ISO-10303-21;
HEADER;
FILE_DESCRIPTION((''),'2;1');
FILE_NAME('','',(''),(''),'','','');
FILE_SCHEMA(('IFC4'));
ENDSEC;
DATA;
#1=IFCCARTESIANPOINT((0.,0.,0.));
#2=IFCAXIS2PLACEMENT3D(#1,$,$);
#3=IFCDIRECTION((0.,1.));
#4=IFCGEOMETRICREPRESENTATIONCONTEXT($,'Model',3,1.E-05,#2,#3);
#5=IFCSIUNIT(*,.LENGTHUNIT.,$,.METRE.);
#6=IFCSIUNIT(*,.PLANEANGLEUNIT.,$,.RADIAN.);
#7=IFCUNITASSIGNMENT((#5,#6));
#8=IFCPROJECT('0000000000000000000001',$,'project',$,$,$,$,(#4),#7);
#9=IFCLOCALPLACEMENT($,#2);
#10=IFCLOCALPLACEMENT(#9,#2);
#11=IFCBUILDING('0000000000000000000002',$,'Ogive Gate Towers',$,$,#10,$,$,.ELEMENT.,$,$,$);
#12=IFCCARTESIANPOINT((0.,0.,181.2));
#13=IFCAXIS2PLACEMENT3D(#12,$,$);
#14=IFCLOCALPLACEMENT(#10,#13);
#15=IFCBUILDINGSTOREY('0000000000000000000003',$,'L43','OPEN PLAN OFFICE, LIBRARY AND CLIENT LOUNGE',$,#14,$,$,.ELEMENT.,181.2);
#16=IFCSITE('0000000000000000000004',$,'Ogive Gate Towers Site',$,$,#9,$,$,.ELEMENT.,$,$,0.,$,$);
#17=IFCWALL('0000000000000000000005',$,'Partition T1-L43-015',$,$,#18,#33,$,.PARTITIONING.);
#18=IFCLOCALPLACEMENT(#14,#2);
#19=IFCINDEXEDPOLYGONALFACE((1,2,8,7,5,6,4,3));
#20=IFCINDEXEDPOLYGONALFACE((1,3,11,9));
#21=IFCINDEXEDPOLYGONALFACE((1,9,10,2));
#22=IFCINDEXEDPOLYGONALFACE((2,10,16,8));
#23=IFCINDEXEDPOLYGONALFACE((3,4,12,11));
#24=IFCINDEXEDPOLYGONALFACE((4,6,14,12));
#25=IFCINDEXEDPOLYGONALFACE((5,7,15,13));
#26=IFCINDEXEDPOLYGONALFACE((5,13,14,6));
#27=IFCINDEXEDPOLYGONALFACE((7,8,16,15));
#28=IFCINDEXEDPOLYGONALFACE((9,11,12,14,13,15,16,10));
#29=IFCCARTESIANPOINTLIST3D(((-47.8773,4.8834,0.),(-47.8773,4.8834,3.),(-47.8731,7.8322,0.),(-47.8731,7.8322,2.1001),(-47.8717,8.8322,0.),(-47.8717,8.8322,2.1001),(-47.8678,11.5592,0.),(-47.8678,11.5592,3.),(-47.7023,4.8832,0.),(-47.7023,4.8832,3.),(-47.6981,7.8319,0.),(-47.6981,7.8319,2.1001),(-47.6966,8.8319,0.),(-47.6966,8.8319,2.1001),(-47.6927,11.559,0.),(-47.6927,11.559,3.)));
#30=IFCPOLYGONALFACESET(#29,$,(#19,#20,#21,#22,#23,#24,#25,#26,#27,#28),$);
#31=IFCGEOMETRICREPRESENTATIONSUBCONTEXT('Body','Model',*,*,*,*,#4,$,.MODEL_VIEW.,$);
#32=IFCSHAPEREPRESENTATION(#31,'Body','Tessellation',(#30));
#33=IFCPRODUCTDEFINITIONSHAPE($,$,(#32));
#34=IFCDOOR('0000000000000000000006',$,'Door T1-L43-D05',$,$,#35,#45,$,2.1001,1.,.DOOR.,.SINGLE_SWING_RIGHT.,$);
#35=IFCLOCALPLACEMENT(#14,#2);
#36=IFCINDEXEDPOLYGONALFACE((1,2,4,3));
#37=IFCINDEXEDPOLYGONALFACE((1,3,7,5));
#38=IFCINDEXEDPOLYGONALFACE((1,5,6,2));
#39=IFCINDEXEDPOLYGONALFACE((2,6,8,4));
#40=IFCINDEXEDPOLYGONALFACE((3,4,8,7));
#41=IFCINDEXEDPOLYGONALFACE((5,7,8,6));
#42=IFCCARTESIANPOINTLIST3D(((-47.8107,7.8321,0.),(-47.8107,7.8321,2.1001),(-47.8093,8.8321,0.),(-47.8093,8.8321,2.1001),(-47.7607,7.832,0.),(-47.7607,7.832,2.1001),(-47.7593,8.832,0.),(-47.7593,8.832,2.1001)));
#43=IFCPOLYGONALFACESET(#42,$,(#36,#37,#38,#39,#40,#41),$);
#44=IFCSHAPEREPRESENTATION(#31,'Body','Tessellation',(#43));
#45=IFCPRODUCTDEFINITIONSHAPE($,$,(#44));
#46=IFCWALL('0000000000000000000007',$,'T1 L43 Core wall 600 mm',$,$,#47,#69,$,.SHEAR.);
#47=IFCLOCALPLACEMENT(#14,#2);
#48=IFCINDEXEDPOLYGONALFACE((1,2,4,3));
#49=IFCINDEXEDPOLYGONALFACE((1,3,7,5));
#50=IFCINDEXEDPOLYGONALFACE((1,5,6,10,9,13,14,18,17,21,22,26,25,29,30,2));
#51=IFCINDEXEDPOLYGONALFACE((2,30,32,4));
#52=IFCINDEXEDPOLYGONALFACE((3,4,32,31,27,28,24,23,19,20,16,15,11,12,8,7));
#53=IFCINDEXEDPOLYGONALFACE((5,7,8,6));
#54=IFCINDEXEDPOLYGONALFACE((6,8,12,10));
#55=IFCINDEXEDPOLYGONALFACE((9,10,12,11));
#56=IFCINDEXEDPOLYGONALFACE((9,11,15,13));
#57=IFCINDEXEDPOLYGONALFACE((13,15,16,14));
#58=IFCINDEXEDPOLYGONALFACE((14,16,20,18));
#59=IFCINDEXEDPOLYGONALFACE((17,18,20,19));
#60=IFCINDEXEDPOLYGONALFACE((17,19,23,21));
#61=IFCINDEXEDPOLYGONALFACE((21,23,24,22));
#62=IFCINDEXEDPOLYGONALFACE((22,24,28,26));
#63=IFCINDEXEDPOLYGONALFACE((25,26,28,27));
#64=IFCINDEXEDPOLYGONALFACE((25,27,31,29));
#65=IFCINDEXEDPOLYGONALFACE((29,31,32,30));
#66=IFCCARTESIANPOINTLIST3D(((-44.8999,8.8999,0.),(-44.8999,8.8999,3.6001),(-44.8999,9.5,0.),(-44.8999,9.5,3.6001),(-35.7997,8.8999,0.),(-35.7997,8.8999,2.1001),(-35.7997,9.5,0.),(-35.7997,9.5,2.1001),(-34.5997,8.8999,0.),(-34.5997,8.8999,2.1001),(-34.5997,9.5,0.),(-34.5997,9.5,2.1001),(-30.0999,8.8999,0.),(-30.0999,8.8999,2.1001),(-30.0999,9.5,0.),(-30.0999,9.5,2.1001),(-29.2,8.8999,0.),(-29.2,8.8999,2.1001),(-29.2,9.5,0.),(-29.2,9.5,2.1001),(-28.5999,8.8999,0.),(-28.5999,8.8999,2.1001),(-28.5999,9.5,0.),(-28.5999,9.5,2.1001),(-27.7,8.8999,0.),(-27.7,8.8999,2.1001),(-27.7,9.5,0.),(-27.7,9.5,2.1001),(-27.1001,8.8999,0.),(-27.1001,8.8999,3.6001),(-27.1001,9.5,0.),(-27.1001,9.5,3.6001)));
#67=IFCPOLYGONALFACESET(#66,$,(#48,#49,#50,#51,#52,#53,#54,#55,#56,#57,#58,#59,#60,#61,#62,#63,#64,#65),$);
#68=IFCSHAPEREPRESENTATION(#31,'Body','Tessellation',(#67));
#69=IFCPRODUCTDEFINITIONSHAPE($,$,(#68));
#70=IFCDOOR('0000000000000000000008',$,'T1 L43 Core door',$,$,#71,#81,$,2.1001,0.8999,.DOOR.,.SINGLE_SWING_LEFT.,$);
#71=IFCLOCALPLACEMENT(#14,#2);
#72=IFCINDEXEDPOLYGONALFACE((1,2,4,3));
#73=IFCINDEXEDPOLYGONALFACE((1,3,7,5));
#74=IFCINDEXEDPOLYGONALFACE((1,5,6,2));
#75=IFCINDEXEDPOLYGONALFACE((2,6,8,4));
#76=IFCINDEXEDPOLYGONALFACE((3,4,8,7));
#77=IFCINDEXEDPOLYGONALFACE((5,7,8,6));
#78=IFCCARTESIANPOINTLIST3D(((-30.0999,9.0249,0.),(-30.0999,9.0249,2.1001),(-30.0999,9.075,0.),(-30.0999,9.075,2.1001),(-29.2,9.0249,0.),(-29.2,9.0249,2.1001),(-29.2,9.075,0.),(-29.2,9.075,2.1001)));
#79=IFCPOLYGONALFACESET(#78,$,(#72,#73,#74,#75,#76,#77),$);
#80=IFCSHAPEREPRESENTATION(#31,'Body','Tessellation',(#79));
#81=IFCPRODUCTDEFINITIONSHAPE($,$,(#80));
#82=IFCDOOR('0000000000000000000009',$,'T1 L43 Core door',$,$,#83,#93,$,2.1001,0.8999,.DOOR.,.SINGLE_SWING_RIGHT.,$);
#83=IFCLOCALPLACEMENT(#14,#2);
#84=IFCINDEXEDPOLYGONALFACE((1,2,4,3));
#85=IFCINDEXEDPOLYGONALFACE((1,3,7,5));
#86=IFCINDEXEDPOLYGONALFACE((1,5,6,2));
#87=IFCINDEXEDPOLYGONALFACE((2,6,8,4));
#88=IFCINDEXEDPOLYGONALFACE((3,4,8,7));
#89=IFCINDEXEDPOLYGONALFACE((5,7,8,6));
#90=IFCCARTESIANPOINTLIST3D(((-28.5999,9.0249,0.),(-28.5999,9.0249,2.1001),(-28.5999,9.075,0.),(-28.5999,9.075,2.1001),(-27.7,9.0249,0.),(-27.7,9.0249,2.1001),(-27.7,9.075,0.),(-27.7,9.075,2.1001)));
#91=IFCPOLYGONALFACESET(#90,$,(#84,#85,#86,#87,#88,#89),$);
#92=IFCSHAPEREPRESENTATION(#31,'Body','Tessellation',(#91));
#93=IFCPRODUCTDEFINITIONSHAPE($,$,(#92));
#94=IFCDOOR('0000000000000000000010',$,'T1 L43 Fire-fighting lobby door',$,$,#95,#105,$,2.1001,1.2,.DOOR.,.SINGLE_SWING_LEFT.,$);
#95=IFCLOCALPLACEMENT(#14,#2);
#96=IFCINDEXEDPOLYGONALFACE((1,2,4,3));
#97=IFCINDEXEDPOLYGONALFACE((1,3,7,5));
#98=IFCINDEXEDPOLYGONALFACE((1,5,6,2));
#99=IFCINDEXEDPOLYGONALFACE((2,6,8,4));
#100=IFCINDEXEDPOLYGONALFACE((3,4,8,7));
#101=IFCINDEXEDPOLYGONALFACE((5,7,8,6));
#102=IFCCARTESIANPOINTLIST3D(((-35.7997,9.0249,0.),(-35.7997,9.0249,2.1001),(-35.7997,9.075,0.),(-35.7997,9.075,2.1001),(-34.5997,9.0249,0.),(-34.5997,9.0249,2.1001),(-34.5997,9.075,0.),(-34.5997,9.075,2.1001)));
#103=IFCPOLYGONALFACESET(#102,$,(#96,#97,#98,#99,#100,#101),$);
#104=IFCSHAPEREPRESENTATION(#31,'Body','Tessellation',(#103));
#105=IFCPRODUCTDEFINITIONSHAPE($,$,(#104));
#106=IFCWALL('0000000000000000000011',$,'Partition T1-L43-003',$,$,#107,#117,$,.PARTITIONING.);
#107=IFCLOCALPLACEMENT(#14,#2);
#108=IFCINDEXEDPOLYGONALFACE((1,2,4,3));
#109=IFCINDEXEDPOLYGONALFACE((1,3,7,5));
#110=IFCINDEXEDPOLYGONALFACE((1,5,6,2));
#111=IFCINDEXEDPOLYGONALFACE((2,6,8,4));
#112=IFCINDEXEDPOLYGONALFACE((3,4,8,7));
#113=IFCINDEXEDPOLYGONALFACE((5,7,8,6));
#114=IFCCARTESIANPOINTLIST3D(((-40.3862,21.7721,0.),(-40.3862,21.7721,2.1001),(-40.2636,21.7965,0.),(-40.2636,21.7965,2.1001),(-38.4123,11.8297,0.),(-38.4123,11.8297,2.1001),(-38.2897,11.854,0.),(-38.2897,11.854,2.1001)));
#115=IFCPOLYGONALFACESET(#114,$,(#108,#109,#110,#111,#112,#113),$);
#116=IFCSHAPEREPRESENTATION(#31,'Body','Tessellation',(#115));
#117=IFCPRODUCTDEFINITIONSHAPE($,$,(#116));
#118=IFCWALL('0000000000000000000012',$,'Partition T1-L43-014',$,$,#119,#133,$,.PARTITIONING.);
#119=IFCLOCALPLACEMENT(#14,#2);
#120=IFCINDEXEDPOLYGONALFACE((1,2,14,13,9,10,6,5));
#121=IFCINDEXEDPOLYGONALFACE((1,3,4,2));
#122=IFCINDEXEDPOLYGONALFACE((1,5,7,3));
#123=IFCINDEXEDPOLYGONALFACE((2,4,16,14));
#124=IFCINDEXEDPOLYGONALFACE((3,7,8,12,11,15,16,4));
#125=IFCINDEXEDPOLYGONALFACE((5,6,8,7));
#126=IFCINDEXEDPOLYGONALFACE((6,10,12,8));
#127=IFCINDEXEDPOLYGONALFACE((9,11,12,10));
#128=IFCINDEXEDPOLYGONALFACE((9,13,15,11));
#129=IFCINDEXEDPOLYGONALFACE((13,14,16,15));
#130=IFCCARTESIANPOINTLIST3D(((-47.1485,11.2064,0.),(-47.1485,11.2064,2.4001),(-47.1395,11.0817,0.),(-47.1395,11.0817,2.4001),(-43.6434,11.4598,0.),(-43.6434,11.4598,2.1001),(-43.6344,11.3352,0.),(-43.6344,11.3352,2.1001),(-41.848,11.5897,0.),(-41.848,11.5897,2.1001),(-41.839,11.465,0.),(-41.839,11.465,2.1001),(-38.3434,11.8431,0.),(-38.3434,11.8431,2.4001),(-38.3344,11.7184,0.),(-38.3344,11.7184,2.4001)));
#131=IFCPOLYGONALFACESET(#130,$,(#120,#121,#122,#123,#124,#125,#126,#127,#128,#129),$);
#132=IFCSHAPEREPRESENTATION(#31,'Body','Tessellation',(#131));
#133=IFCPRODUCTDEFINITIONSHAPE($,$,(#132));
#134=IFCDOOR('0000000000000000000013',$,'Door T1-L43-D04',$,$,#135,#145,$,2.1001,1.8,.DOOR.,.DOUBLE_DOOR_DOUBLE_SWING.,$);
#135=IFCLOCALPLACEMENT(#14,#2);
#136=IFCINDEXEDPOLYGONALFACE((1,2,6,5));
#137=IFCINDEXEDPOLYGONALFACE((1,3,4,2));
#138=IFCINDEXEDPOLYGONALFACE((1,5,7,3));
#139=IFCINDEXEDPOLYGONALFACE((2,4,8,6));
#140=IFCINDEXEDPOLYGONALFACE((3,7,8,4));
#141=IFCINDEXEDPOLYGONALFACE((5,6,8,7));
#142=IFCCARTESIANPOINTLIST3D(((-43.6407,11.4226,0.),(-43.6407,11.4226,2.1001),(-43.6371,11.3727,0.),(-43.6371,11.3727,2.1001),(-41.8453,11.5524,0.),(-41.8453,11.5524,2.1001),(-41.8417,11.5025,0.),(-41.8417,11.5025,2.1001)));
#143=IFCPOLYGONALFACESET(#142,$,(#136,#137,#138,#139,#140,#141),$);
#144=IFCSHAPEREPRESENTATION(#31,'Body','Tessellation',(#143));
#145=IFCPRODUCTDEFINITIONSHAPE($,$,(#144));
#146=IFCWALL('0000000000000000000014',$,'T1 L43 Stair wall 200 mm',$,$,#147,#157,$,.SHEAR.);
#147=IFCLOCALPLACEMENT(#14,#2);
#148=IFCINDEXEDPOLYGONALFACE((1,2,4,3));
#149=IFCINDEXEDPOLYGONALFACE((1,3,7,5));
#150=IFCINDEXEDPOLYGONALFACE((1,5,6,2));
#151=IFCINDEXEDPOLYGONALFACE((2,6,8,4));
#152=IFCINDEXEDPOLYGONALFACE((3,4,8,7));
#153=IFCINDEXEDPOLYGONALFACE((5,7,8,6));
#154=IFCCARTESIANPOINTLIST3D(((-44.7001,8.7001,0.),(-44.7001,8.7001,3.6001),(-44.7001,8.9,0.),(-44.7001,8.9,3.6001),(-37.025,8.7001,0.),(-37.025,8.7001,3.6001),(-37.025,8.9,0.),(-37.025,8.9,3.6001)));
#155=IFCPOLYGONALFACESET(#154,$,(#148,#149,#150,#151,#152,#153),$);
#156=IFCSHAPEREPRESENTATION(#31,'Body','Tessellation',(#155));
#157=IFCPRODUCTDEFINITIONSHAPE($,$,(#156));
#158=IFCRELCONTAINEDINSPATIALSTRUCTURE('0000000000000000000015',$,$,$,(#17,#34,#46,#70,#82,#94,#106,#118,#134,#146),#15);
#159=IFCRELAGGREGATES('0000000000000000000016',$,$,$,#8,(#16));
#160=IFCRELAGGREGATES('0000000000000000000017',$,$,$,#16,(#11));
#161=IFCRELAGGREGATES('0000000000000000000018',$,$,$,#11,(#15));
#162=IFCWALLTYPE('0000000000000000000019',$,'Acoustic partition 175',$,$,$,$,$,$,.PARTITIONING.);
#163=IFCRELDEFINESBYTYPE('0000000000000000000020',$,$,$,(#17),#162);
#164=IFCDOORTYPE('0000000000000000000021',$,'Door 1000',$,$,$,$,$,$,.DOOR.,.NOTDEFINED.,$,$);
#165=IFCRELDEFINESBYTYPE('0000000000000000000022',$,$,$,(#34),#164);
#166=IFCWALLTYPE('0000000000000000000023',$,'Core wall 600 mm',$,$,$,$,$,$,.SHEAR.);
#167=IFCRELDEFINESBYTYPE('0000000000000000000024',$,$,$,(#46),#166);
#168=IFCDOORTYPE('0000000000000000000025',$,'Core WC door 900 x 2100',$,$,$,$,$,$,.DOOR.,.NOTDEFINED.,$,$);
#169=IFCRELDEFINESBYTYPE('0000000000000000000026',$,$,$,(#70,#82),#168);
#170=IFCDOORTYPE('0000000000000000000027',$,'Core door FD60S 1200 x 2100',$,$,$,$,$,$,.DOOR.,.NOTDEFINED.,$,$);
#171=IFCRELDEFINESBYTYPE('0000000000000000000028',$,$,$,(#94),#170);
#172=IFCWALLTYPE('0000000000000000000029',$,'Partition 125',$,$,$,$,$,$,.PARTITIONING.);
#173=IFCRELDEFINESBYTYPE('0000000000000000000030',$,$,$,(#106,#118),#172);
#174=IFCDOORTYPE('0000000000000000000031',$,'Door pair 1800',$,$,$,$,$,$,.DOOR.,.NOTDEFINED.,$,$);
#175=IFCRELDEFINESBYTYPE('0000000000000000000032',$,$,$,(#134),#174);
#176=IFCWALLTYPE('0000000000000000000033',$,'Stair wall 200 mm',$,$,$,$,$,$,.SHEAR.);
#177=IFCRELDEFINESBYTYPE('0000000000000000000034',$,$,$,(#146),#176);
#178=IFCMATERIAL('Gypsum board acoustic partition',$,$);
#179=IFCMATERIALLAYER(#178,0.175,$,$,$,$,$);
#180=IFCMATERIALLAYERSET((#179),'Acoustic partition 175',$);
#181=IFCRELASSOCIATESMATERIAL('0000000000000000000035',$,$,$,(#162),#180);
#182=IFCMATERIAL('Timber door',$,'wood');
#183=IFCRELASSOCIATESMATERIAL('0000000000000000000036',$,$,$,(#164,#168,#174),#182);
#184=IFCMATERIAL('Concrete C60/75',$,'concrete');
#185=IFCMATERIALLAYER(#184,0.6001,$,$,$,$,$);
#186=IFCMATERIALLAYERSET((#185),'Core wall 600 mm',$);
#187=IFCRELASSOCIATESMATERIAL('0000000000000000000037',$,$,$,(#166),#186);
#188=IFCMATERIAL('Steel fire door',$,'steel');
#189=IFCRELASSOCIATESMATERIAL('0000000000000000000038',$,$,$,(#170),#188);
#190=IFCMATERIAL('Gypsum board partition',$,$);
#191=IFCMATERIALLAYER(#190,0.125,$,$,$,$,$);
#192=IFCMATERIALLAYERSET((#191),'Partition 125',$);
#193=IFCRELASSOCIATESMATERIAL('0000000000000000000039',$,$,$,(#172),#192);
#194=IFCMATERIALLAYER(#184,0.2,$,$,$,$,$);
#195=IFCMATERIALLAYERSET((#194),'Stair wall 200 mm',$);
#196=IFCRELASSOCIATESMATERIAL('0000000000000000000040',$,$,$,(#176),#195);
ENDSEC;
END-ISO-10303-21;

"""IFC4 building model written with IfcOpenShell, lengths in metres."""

from ifc_helpers import new_model, si_unit, direction, frame, frame_2d, origin, place, context, subcontext, project, spatial, rectangle, extrude, material, layer, layer_set, type_object, element, fill, save


model = new_model("IFC4")

# Units and contexts
model_context = context("Model", 3, precision=1e-05, world=origin(), true_north=direction((0.0, 1.0)))
body_context = subcontext(model_context, "Body", "Model", "MODEL_VIEW")
ifc_project = project(units=[si_unit("LENGTHUNIT", "METRE"), si_unit("PLANEANGLEUNIT", "RADIAN")], contexts=[model_context])

# Site, building, storey
site_placement = place(None, origin())
site = spatial("IfcSite", under=ifc_project, at=site_placement, Name="Ogive Gate Towers Site", CompositionType="ELEMENT", RefElevation=0.0)
building_placement = place(site_placement, origin())
building = spatial("IfcBuilding", under=site, at=building_placement, Name="Ogive Gate Towers", CompositionType="ELEMENT")
storey_placement = place(building_placement, frame((0.0, 0.0, 181.2)))
storey = spatial("IfcBuildingStorey", under=building, at=storey_placement, Name="L43", Description="OPEN PLAN OFFICE, LIBRARY AND CLIENT LOUNGE", CompositionType="ELEMENT", Elevation=181.2)

# Shared definitions
ifc_material_1 = material(Name="Gypsum board acoustic partition")
ifc_layer_1 = layer(ifc_material_1, 0.175)
ifc_layer_set_1 = layer_set([ifc_layer_1], Name="Acoustic partition 175")
wall_type_1 = type_object("IfcWallType", Name="Acoustic partition 175", PredefinedType="PARTITIONING", material=ifc_layer_set_1)

# Wall, opening, door
wall_1_placement = place(storey_placement, frame((-47.7803, 11.5591, 0.0), z_axis=(0.0, 0.0, 1.0), x_axis=(-0.001426, -0.999999, 0.0)))
wall_1 = element("IfcWall", 1, at=wall_1_placement, inside=storey, type_object=wall_type_1, Name="Partition T1-L43-015", PredefinedType="PARTITIONING", context=body_context, shape_type="SweptSolid", body=[
    extrude(rectangle(XDim=6.6758, YDim=0.175, at=frame_2d((3.3379, 0.0))), origin(), (0.0, 0.0, 1.0), 3.0),
])
opening_1_placement = place(wall_1_placement, frame((2.7271, 0.0, 0.0)))
opening_1 = element("IfcOpeningElement", 2, at=opening_1_placement, cuts=wall_1, PredefinedType="OPENING", context=body_context, shape_type="SweptSolid", body=[
    extrude(rectangle(XDim=1.0, YDim=2.1001, at=frame_2d((0.5, 1.05))), frame((0.0, 0.0977, 0.0), z_axis=(0.0, -1.0, 0.0), x_axis=(1.0, 0.0, 0.0)), (0.0, 0.0, 1.0), 0.1951),
])
ifc_material_2 = material(Name="Timber door", Category="wood")
door_type_1 = type_object("IfcDoorType", Name="Door 1000", OperationType="NOTDEFINED", PredefinedType="DOOR", material=ifc_material_2)
door_1_placement = place(opening_1_placement, origin())
door_1 = element("IfcDoor", 3, at=door_1_placement, inside=storey, type_object=door_type_1, Name="Door T1-L43-D05", OperationType="SINGLE_SWING_RIGHT", OverallHeight=2.1001, OverallWidth=1.0, PredefinedType="DOOR", context=body_context, shape_type="SweptSolid", body=[
    extrude(rectangle(XDim=1.0, YDim=2.1001, at=frame_2d((0.5, 1.05))), frame((0.0, 0.0249, 0.0), z_axis=(0.0, -1.0, 0.0), x_axis=(1.0, 0.0, 0.0)), (0.0, 0.0, 1.0), 0.05),
])
fill(opening_1, door_1)

# Wall, openings, doors
ifc_material_3 = material(Name="Concrete C60/75", Category="concrete")
ifc_layer_2 = layer(ifc_material_3, 0.6001)
ifc_layer_set_2 = layer_set([ifc_layer_2], Name="Core wall 600 mm")
wall_type_2 = type_object("IfcWallType", Name="Core wall 600 mm", PredefinedType="SHEAR", material=ifc_layer_set_2)
wall_2_placement = place(storey_placement, frame((-44.8999, 9.2, 0.0), z_axis=(0.0, 0.0, 1.0), x_axis=(1.0, 0.0, 0.0)))
wall_2 = element("IfcWall", 4, at=wall_2_placement, inside=storey, type_object=wall_type_2, Name="T1 L43 Core wall 600 mm", PredefinedType="SHEAR", context=body_context, shape_type="SweptSolid", body=[
    extrude(rectangle(XDim=17.7998, YDim=0.6001, at=frame_2d((8.8999, 0.0))), origin(), (0.0, 0.0, 1.0), 3.6001),
])
opening_2_placement = place(wall_2_placement, frame((9.1001, 0.0, 0.0)))
opening_2 = element("IfcOpeningElement", 5, at=opening_2_placement, cuts=wall_2, PredefinedType="OPENING", context=body_context, shape_type="SweptSolid", body=[
    extrude(rectangle(XDim=1.2, YDim=2.1001, at=frame_2d((0.6001, 1.05))), frame((0.0, 0.3101, 0.0), z_axis=(0.0, -1.0, 0.0), x_axis=(1.0, 0.0, 0.0)), (0.0, 0.0, 1.0), 0.6201),
])
opening_3_placement = place(wall_2_placement, frame((14.8, 0.0, 0.0)))
opening_3 = element("IfcOpeningElement", 6, at=opening_3_placement, cuts=wall_2, PredefinedType="OPENING", context=body_context, shape_type="SweptSolid", body=[
    extrude(rectangle(XDim=0.8999, YDim=2.1001, at=frame_2d((0.45, 1.05))), frame((0.0, 0.3101, 0.0), z_axis=(0.0, -1.0, 0.0), x_axis=(1.0, 0.0, 0.0)), (0.0, 0.0, 1.0), 0.6201),
])
opening_4_placement = place(wall_2_placement, frame((16.3, 0.0, 0.0)))
opening_4 = element("IfcOpeningElement", 7, at=opening_4_placement, cuts=wall_2, PredefinedType="OPENING", context=body_context, shape_type="SweptSolid", body=[
    extrude(rectangle(XDim=0.8999, YDim=2.1001, at=frame_2d((0.45, 1.05))), frame((0.0, 0.3101, 0.0), z_axis=(0.0, -1.0, 0.0), x_axis=(1.0, 0.0, 0.0)), (0.0, 0.0, 1.0), 0.6201),
])
door_type_2 = type_object("IfcDoorType", Name="Core WC door 900 x 2100", OperationType="NOTDEFINED", PredefinedType="DOOR", material=ifc_material_2)
door_2_placement = place(opening_3_placement, origin())
door_2 = element("IfcDoor", 8, at=door_2_placement, inside=storey, type_object=door_type_2, Name="T1 L43 Core door", OperationType="SINGLE_SWING_LEFT", OverallHeight=2.1001, OverallWidth=0.8999, PredefinedType="DOOR", context=body_context, shape_type="SweptSolid", body=[
    extrude(rectangle(XDim=0.8999, YDim=2.1001, at=frame_2d((0.45, 1.05))), frame((0.0, -0.125, 0.0), z_axis=(0.0, -1.0, 0.0), x_axis=(1.0, 0.0, 0.0)), (0.0, 0.0, 1.0), 0.05),
])
fill(opening_3, door_2)
door_3_placement = place(opening_4_placement, origin())
door_3 = element("IfcDoor", 9, at=door_3_placement, inside=storey, type_object=door_type_2, Name="T1 L43 Core door", OperationType="SINGLE_SWING_RIGHT", OverallHeight=2.1001, OverallWidth=0.8999, PredefinedType="DOOR", context=body_context, shape_type="SweptSolid", body=[
    extrude(rectangle(XDim=0.8999, YDim=2.1001, at=frame_2d((0.45, 1.05))), frame((0.0, -0.125, 0.0), z_axis=(0.0, -1.0, 0.0), x_axis=(1.0, 0.0, 0.0)), (0.0, 0.0, 1.0), 0.05),
])
fill(opening_4, door_3)
ifc_material_4 = material(Name="Steel fire door", Category="steel")
door_type_3 = type_object("IfcDoorType", Name="Core door FD60S 1200 x 2100", OperationType="NOTDEFINED", PredefinedType="DOOR", material=ifc_material_4)
door_4_placement = place(opening_2_placement, origin())
door_4 = element("IfcDoor", 10, at=door_4_placement, inside=storey, type_object=door_type_3, Name="T1 L43 Fire-fighting lobby door", OperationType="SINGLE_SWING_LEFT", OverallHeight=2.1001, OverallWidth=1.2, PredefinedType="DOOR", context=body_context, shape_type="SweptSolid", body=[
    extrude(rectangle(XDim=1.2, YDim=2.1001, at=frame_2d((0.6001, 1.05))), frame((0.0, -0.125, 0.0), z_axis=(0.0, -1.0, 0.0), x_axis=(1.0, 0.0, 0.0)), (0.0, 0.0, 1.0), 0.05),
])
fill(opening_2, door_4)

# Wall
ifc_material_5 = material(Name="Gypsum board partition")
ifc_layer_3 = layer(ifc_material_5, 0.125)
ifc_layer_set_3 = layer_set([ifc_layer_3], Name="Partition 125")
wall_type_3 = type_object("IfcWallType", Name="Partition 125", PredefinedType="PARTITIONING", material=ifc_layer_set_3)
wall_3_placement = place(storey_placement, frame((-40.325, 21.7844, 0.0), z_axis=(0.0, 0.0, 1.0), x_axis=(0.194731, -0.980857, 0.0)))
element("IfcWall", 11, at=wall_3_placement, inside=storey, type_object=wall_type_3, Name="Partition T1-L43-003", PredefinedType="PARTITIONING", context=body_context, shape_type="SweptSolid", body=[
    extrude(rectangle(XDim=10.1365, YDim=0.125, at=frame_2d((5.0684, 0.0))), origin(), (0.0, 0.0, 1.0), 2.1001),
])

# Wall, opening, door
wall_4_placement = place(storey_placement, frame((-38.3389, 11.7808, 0.0), z_axis=(0.0, 0.0, 1.0), x_axis=(-0.997396, -0.072124, 0.0)))
wall_4 = element("IfcWall", 12, at=wall_4_placement, inside=storey, type_object=wall_type_3, Name="Partition T1-L43-014", PredefinedType="PARTITIONING", context=body_context, shape_type="SweptSolid", body=[
    extrude(rectangle(XDim=8.8281, YDim=0.125, at=frame_2d((4.4141, 0.0))), origin(), (0.0, 0.0, 1.0), 2.4001),
])
opening_5_placement = place(wall_4_placement, frame((3.5139, 0.0, 0.0)))
opening_5 = element("IfcOpeningElement", 13, at=opening_5_placement, cuts=wall_4, PredefinedType="OPENING", context=body_context, shape_type="SweptSolid", body=[
    extrude(rectangle(XDim=1.8, YDim=2.1001, at=frame_2d((0.8999, 1.05))), frame((0.0, 0.0725, 0.0), z_axis=(0.0, -1.0, 0.0), x_axis=(1.0, 0.0, 0.0)), (0.0, 0.0, 1.0), 0.145),
])
door_type_4 = type_object("IfcDoorType", Name="Door pair 1800", OperationType="NOTDEFINED", PredefinedType="DOOR", material=ifc_material_2)
door_5_placement = place(opening_5_placement, origin())
door_5 = element("IfcDoor", 14, at=door_5_placement, inside=storey, type_object=door_type_4, Name="Door T1-L43-D04", OperationType="DOUBLE_DOOR_DOUBLE_SWING", OverallHeight=2.1001, OverallWidth=1.8, PredefinedType="DOOR", context=body_context, shape_type="SweptSolid", body=[
    extrude(rectangle(XDim=1.8, YDim=2.1001, at=frame_2d((0.8999, 1.05))), frame((0.0, 0.0249, 0.0), z_axis=(0.0, -1.0, 0.0), x_axis=(1.0, 0.0, 0.0)), (0.0, 0.0, 1.0), 0.05),
])
fill(opening_5, door_5)

# Wall
ifc_layer_4 = layer(ifc_material_3, 0.2)
ifc_layer_set_4 = layer_set([ifc_layer_4], Name="Stair wall 200 mm")
wall_type_4 = type_object("IfcWallType", Name="Stair wall 200 mm", PredefinedType="SHEAR", material=ifc_layer_set_4)
wall_5_placement = place(storey_placement, frame((-44.7, 8.8, 0.0), z_axis=(0.0, 0.0, 1.0), x_axis=(1.0, 0.0, 0.0)))
element("IfcWall", 15, at=wall_5_placement, inside=storey, type_object=wall_type_4, Name="T1 L43 Stair wall 200 mm", PredefinedType="SHEAR", context=body_context, shape_type="SweptSolid", body=[
    extrude(rectangle(XDim=7.675, YDim=0.2, at=frame_2d((3.8374, 0.0))), origin(), (0.0, 0.0, 1.0), 3.6001),
])

save(model, "model.ifc")
